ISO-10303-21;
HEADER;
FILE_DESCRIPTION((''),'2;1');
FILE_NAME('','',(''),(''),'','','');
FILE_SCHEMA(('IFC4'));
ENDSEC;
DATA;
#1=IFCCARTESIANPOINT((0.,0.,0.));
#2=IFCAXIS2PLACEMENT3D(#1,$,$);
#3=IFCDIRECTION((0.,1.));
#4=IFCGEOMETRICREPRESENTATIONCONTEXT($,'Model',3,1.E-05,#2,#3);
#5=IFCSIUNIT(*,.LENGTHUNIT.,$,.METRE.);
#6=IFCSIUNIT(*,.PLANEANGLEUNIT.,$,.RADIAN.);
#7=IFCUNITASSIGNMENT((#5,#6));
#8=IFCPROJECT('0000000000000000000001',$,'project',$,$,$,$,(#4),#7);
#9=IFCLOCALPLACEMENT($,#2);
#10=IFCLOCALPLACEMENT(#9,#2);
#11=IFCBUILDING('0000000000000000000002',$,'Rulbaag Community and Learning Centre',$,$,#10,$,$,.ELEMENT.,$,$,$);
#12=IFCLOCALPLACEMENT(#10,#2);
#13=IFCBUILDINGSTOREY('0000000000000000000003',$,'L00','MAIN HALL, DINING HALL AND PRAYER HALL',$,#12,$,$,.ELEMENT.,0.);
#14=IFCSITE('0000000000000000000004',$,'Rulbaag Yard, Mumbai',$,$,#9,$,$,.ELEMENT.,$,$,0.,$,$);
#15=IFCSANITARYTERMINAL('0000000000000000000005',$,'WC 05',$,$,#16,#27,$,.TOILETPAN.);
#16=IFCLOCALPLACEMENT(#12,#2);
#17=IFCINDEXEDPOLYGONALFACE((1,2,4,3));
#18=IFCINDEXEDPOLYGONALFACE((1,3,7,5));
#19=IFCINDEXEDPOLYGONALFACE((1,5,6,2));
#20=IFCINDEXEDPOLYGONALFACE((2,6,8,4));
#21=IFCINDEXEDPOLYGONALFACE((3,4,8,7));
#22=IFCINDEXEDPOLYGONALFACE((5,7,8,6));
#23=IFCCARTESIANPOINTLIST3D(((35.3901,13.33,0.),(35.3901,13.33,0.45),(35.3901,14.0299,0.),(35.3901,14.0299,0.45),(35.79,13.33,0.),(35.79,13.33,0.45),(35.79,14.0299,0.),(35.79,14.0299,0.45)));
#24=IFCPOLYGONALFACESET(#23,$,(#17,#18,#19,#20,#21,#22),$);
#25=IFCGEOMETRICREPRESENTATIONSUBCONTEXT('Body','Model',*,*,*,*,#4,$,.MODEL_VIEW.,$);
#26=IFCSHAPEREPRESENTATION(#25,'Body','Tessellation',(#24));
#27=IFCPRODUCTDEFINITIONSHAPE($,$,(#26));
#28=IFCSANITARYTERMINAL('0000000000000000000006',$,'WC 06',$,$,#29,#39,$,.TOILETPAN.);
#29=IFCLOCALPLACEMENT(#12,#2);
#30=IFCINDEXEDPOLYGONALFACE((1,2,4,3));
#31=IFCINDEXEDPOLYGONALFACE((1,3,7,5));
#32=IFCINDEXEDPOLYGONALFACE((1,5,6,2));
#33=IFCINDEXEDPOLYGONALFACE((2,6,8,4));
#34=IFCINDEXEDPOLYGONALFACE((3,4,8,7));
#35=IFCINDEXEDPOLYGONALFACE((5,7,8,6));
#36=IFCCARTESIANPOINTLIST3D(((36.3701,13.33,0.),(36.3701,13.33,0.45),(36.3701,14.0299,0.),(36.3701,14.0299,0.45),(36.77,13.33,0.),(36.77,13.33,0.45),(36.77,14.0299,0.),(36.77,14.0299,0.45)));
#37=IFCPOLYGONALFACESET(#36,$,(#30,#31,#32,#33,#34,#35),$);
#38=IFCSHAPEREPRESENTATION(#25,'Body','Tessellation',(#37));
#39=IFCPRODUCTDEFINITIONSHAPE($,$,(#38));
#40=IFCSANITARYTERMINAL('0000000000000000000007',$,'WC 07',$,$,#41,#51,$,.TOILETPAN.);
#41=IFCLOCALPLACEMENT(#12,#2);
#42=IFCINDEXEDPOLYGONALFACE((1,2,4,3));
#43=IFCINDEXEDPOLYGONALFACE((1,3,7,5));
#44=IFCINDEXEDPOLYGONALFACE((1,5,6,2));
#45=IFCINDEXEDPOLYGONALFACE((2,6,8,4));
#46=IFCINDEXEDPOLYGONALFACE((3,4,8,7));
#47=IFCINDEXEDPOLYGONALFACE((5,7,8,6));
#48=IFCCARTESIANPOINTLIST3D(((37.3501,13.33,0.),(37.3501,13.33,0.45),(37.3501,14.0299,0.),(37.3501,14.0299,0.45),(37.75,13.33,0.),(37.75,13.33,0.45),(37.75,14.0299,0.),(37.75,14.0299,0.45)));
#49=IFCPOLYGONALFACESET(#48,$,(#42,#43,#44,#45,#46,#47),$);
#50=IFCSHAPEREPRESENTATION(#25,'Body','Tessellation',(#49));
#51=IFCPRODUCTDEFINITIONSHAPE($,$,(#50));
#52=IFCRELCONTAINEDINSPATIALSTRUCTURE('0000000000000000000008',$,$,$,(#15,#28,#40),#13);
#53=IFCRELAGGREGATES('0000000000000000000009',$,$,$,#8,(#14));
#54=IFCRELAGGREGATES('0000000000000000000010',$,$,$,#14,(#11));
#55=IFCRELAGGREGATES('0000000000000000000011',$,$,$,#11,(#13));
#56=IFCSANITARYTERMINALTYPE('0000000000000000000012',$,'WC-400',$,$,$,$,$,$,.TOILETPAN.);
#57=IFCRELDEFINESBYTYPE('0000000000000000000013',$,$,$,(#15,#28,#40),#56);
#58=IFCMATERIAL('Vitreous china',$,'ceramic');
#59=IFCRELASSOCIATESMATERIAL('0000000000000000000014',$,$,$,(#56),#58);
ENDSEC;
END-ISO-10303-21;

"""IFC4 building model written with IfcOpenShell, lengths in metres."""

from ifc_helpers import new_model, si_unit, direction, frame, origin, origin_2d, place, context, subcontext, project, spatial, rectangle, extrude, material, type_object, element, save


model = new_model("IFC4")

# Units and contexts
model_context = context("Model", 3, precision=1e-05, world=origin(), true_north=direction((0.0, 1.0)))
body_context = subcontext(model_context, "Body", "Model", "MODEL_VIEW")
ifc_project = project(units=[si_unit("LENGTHUNIT", "METRE"), si_unit("PLANEANGLEUNIT", "RADIAN")], contexts=[model_context])

# Site, building, storey
site_placement = place(None, origin())
site = spatial("IfcSite", under=ifc_project, at=site_placement, Name="Rulbaag Yard, Mumbai", CompositionType="ELEMENT", RefElevation=0.0)
building_placement = place(site_placement, origin())
building = spatial("IfcBuilding", under=site, at=building_placement, Name="Rulbaag Community and Learning Centre", CompositionType="ELEMENT")
storey_placement = place(building_placement, origin())
storey = spatial("IfcBuildingStorey", under=building, at=storey_placement, Name="L00", Description="MAIN HALL, DINING HALL AND PRAYER HALL", CompositionType="ELEMENT", Elevation=0.0)

# Sanitary terminals
ifc_material_1 = material(Name="Vitreous china", Category="ceramic")
sanitary_terminal_type_1 = type_object("IfcSanitaryTerminalType", Name="WC-400", PredefinedType="TOILETPAN", material=ifc_material_1)
for number, where, z_axis, x_axis, name in (
    (1, (35.5901, 13.6799, 0.0), (0.0, 0.0, 1.0), (1.0, 0.0, 0.0), "WC 05"),
    (2, (36.5701, 13.6799, 0.0), (0.0, 0.0, 1.0), (1.0, 0.0, 0.0), "WC 06"),
    (3, (37.55, 13.6799, 0.0), (0.0, 0.0, 1.0), (1.0, 0.0, 0.0), "WC 07"),
):
    element("IfcSanitaryTerminal", number, at=place(storey_placement, frame(where, z_axis=z_axis, x_axis=x_axis)), inside=storey, type_object=sanitary_terminal_type_1, Name=name, PredefinedType="TOILETPAN", context=body_context, shape_type="SweptSolid", body=[
        extrude(rectangle(XDim=0.3999, YDim=0.7, at=origin_2d()), origin(), (0.0, 0.0, 1.0), 0.45),
    ])

save(model, "model.ifc")
